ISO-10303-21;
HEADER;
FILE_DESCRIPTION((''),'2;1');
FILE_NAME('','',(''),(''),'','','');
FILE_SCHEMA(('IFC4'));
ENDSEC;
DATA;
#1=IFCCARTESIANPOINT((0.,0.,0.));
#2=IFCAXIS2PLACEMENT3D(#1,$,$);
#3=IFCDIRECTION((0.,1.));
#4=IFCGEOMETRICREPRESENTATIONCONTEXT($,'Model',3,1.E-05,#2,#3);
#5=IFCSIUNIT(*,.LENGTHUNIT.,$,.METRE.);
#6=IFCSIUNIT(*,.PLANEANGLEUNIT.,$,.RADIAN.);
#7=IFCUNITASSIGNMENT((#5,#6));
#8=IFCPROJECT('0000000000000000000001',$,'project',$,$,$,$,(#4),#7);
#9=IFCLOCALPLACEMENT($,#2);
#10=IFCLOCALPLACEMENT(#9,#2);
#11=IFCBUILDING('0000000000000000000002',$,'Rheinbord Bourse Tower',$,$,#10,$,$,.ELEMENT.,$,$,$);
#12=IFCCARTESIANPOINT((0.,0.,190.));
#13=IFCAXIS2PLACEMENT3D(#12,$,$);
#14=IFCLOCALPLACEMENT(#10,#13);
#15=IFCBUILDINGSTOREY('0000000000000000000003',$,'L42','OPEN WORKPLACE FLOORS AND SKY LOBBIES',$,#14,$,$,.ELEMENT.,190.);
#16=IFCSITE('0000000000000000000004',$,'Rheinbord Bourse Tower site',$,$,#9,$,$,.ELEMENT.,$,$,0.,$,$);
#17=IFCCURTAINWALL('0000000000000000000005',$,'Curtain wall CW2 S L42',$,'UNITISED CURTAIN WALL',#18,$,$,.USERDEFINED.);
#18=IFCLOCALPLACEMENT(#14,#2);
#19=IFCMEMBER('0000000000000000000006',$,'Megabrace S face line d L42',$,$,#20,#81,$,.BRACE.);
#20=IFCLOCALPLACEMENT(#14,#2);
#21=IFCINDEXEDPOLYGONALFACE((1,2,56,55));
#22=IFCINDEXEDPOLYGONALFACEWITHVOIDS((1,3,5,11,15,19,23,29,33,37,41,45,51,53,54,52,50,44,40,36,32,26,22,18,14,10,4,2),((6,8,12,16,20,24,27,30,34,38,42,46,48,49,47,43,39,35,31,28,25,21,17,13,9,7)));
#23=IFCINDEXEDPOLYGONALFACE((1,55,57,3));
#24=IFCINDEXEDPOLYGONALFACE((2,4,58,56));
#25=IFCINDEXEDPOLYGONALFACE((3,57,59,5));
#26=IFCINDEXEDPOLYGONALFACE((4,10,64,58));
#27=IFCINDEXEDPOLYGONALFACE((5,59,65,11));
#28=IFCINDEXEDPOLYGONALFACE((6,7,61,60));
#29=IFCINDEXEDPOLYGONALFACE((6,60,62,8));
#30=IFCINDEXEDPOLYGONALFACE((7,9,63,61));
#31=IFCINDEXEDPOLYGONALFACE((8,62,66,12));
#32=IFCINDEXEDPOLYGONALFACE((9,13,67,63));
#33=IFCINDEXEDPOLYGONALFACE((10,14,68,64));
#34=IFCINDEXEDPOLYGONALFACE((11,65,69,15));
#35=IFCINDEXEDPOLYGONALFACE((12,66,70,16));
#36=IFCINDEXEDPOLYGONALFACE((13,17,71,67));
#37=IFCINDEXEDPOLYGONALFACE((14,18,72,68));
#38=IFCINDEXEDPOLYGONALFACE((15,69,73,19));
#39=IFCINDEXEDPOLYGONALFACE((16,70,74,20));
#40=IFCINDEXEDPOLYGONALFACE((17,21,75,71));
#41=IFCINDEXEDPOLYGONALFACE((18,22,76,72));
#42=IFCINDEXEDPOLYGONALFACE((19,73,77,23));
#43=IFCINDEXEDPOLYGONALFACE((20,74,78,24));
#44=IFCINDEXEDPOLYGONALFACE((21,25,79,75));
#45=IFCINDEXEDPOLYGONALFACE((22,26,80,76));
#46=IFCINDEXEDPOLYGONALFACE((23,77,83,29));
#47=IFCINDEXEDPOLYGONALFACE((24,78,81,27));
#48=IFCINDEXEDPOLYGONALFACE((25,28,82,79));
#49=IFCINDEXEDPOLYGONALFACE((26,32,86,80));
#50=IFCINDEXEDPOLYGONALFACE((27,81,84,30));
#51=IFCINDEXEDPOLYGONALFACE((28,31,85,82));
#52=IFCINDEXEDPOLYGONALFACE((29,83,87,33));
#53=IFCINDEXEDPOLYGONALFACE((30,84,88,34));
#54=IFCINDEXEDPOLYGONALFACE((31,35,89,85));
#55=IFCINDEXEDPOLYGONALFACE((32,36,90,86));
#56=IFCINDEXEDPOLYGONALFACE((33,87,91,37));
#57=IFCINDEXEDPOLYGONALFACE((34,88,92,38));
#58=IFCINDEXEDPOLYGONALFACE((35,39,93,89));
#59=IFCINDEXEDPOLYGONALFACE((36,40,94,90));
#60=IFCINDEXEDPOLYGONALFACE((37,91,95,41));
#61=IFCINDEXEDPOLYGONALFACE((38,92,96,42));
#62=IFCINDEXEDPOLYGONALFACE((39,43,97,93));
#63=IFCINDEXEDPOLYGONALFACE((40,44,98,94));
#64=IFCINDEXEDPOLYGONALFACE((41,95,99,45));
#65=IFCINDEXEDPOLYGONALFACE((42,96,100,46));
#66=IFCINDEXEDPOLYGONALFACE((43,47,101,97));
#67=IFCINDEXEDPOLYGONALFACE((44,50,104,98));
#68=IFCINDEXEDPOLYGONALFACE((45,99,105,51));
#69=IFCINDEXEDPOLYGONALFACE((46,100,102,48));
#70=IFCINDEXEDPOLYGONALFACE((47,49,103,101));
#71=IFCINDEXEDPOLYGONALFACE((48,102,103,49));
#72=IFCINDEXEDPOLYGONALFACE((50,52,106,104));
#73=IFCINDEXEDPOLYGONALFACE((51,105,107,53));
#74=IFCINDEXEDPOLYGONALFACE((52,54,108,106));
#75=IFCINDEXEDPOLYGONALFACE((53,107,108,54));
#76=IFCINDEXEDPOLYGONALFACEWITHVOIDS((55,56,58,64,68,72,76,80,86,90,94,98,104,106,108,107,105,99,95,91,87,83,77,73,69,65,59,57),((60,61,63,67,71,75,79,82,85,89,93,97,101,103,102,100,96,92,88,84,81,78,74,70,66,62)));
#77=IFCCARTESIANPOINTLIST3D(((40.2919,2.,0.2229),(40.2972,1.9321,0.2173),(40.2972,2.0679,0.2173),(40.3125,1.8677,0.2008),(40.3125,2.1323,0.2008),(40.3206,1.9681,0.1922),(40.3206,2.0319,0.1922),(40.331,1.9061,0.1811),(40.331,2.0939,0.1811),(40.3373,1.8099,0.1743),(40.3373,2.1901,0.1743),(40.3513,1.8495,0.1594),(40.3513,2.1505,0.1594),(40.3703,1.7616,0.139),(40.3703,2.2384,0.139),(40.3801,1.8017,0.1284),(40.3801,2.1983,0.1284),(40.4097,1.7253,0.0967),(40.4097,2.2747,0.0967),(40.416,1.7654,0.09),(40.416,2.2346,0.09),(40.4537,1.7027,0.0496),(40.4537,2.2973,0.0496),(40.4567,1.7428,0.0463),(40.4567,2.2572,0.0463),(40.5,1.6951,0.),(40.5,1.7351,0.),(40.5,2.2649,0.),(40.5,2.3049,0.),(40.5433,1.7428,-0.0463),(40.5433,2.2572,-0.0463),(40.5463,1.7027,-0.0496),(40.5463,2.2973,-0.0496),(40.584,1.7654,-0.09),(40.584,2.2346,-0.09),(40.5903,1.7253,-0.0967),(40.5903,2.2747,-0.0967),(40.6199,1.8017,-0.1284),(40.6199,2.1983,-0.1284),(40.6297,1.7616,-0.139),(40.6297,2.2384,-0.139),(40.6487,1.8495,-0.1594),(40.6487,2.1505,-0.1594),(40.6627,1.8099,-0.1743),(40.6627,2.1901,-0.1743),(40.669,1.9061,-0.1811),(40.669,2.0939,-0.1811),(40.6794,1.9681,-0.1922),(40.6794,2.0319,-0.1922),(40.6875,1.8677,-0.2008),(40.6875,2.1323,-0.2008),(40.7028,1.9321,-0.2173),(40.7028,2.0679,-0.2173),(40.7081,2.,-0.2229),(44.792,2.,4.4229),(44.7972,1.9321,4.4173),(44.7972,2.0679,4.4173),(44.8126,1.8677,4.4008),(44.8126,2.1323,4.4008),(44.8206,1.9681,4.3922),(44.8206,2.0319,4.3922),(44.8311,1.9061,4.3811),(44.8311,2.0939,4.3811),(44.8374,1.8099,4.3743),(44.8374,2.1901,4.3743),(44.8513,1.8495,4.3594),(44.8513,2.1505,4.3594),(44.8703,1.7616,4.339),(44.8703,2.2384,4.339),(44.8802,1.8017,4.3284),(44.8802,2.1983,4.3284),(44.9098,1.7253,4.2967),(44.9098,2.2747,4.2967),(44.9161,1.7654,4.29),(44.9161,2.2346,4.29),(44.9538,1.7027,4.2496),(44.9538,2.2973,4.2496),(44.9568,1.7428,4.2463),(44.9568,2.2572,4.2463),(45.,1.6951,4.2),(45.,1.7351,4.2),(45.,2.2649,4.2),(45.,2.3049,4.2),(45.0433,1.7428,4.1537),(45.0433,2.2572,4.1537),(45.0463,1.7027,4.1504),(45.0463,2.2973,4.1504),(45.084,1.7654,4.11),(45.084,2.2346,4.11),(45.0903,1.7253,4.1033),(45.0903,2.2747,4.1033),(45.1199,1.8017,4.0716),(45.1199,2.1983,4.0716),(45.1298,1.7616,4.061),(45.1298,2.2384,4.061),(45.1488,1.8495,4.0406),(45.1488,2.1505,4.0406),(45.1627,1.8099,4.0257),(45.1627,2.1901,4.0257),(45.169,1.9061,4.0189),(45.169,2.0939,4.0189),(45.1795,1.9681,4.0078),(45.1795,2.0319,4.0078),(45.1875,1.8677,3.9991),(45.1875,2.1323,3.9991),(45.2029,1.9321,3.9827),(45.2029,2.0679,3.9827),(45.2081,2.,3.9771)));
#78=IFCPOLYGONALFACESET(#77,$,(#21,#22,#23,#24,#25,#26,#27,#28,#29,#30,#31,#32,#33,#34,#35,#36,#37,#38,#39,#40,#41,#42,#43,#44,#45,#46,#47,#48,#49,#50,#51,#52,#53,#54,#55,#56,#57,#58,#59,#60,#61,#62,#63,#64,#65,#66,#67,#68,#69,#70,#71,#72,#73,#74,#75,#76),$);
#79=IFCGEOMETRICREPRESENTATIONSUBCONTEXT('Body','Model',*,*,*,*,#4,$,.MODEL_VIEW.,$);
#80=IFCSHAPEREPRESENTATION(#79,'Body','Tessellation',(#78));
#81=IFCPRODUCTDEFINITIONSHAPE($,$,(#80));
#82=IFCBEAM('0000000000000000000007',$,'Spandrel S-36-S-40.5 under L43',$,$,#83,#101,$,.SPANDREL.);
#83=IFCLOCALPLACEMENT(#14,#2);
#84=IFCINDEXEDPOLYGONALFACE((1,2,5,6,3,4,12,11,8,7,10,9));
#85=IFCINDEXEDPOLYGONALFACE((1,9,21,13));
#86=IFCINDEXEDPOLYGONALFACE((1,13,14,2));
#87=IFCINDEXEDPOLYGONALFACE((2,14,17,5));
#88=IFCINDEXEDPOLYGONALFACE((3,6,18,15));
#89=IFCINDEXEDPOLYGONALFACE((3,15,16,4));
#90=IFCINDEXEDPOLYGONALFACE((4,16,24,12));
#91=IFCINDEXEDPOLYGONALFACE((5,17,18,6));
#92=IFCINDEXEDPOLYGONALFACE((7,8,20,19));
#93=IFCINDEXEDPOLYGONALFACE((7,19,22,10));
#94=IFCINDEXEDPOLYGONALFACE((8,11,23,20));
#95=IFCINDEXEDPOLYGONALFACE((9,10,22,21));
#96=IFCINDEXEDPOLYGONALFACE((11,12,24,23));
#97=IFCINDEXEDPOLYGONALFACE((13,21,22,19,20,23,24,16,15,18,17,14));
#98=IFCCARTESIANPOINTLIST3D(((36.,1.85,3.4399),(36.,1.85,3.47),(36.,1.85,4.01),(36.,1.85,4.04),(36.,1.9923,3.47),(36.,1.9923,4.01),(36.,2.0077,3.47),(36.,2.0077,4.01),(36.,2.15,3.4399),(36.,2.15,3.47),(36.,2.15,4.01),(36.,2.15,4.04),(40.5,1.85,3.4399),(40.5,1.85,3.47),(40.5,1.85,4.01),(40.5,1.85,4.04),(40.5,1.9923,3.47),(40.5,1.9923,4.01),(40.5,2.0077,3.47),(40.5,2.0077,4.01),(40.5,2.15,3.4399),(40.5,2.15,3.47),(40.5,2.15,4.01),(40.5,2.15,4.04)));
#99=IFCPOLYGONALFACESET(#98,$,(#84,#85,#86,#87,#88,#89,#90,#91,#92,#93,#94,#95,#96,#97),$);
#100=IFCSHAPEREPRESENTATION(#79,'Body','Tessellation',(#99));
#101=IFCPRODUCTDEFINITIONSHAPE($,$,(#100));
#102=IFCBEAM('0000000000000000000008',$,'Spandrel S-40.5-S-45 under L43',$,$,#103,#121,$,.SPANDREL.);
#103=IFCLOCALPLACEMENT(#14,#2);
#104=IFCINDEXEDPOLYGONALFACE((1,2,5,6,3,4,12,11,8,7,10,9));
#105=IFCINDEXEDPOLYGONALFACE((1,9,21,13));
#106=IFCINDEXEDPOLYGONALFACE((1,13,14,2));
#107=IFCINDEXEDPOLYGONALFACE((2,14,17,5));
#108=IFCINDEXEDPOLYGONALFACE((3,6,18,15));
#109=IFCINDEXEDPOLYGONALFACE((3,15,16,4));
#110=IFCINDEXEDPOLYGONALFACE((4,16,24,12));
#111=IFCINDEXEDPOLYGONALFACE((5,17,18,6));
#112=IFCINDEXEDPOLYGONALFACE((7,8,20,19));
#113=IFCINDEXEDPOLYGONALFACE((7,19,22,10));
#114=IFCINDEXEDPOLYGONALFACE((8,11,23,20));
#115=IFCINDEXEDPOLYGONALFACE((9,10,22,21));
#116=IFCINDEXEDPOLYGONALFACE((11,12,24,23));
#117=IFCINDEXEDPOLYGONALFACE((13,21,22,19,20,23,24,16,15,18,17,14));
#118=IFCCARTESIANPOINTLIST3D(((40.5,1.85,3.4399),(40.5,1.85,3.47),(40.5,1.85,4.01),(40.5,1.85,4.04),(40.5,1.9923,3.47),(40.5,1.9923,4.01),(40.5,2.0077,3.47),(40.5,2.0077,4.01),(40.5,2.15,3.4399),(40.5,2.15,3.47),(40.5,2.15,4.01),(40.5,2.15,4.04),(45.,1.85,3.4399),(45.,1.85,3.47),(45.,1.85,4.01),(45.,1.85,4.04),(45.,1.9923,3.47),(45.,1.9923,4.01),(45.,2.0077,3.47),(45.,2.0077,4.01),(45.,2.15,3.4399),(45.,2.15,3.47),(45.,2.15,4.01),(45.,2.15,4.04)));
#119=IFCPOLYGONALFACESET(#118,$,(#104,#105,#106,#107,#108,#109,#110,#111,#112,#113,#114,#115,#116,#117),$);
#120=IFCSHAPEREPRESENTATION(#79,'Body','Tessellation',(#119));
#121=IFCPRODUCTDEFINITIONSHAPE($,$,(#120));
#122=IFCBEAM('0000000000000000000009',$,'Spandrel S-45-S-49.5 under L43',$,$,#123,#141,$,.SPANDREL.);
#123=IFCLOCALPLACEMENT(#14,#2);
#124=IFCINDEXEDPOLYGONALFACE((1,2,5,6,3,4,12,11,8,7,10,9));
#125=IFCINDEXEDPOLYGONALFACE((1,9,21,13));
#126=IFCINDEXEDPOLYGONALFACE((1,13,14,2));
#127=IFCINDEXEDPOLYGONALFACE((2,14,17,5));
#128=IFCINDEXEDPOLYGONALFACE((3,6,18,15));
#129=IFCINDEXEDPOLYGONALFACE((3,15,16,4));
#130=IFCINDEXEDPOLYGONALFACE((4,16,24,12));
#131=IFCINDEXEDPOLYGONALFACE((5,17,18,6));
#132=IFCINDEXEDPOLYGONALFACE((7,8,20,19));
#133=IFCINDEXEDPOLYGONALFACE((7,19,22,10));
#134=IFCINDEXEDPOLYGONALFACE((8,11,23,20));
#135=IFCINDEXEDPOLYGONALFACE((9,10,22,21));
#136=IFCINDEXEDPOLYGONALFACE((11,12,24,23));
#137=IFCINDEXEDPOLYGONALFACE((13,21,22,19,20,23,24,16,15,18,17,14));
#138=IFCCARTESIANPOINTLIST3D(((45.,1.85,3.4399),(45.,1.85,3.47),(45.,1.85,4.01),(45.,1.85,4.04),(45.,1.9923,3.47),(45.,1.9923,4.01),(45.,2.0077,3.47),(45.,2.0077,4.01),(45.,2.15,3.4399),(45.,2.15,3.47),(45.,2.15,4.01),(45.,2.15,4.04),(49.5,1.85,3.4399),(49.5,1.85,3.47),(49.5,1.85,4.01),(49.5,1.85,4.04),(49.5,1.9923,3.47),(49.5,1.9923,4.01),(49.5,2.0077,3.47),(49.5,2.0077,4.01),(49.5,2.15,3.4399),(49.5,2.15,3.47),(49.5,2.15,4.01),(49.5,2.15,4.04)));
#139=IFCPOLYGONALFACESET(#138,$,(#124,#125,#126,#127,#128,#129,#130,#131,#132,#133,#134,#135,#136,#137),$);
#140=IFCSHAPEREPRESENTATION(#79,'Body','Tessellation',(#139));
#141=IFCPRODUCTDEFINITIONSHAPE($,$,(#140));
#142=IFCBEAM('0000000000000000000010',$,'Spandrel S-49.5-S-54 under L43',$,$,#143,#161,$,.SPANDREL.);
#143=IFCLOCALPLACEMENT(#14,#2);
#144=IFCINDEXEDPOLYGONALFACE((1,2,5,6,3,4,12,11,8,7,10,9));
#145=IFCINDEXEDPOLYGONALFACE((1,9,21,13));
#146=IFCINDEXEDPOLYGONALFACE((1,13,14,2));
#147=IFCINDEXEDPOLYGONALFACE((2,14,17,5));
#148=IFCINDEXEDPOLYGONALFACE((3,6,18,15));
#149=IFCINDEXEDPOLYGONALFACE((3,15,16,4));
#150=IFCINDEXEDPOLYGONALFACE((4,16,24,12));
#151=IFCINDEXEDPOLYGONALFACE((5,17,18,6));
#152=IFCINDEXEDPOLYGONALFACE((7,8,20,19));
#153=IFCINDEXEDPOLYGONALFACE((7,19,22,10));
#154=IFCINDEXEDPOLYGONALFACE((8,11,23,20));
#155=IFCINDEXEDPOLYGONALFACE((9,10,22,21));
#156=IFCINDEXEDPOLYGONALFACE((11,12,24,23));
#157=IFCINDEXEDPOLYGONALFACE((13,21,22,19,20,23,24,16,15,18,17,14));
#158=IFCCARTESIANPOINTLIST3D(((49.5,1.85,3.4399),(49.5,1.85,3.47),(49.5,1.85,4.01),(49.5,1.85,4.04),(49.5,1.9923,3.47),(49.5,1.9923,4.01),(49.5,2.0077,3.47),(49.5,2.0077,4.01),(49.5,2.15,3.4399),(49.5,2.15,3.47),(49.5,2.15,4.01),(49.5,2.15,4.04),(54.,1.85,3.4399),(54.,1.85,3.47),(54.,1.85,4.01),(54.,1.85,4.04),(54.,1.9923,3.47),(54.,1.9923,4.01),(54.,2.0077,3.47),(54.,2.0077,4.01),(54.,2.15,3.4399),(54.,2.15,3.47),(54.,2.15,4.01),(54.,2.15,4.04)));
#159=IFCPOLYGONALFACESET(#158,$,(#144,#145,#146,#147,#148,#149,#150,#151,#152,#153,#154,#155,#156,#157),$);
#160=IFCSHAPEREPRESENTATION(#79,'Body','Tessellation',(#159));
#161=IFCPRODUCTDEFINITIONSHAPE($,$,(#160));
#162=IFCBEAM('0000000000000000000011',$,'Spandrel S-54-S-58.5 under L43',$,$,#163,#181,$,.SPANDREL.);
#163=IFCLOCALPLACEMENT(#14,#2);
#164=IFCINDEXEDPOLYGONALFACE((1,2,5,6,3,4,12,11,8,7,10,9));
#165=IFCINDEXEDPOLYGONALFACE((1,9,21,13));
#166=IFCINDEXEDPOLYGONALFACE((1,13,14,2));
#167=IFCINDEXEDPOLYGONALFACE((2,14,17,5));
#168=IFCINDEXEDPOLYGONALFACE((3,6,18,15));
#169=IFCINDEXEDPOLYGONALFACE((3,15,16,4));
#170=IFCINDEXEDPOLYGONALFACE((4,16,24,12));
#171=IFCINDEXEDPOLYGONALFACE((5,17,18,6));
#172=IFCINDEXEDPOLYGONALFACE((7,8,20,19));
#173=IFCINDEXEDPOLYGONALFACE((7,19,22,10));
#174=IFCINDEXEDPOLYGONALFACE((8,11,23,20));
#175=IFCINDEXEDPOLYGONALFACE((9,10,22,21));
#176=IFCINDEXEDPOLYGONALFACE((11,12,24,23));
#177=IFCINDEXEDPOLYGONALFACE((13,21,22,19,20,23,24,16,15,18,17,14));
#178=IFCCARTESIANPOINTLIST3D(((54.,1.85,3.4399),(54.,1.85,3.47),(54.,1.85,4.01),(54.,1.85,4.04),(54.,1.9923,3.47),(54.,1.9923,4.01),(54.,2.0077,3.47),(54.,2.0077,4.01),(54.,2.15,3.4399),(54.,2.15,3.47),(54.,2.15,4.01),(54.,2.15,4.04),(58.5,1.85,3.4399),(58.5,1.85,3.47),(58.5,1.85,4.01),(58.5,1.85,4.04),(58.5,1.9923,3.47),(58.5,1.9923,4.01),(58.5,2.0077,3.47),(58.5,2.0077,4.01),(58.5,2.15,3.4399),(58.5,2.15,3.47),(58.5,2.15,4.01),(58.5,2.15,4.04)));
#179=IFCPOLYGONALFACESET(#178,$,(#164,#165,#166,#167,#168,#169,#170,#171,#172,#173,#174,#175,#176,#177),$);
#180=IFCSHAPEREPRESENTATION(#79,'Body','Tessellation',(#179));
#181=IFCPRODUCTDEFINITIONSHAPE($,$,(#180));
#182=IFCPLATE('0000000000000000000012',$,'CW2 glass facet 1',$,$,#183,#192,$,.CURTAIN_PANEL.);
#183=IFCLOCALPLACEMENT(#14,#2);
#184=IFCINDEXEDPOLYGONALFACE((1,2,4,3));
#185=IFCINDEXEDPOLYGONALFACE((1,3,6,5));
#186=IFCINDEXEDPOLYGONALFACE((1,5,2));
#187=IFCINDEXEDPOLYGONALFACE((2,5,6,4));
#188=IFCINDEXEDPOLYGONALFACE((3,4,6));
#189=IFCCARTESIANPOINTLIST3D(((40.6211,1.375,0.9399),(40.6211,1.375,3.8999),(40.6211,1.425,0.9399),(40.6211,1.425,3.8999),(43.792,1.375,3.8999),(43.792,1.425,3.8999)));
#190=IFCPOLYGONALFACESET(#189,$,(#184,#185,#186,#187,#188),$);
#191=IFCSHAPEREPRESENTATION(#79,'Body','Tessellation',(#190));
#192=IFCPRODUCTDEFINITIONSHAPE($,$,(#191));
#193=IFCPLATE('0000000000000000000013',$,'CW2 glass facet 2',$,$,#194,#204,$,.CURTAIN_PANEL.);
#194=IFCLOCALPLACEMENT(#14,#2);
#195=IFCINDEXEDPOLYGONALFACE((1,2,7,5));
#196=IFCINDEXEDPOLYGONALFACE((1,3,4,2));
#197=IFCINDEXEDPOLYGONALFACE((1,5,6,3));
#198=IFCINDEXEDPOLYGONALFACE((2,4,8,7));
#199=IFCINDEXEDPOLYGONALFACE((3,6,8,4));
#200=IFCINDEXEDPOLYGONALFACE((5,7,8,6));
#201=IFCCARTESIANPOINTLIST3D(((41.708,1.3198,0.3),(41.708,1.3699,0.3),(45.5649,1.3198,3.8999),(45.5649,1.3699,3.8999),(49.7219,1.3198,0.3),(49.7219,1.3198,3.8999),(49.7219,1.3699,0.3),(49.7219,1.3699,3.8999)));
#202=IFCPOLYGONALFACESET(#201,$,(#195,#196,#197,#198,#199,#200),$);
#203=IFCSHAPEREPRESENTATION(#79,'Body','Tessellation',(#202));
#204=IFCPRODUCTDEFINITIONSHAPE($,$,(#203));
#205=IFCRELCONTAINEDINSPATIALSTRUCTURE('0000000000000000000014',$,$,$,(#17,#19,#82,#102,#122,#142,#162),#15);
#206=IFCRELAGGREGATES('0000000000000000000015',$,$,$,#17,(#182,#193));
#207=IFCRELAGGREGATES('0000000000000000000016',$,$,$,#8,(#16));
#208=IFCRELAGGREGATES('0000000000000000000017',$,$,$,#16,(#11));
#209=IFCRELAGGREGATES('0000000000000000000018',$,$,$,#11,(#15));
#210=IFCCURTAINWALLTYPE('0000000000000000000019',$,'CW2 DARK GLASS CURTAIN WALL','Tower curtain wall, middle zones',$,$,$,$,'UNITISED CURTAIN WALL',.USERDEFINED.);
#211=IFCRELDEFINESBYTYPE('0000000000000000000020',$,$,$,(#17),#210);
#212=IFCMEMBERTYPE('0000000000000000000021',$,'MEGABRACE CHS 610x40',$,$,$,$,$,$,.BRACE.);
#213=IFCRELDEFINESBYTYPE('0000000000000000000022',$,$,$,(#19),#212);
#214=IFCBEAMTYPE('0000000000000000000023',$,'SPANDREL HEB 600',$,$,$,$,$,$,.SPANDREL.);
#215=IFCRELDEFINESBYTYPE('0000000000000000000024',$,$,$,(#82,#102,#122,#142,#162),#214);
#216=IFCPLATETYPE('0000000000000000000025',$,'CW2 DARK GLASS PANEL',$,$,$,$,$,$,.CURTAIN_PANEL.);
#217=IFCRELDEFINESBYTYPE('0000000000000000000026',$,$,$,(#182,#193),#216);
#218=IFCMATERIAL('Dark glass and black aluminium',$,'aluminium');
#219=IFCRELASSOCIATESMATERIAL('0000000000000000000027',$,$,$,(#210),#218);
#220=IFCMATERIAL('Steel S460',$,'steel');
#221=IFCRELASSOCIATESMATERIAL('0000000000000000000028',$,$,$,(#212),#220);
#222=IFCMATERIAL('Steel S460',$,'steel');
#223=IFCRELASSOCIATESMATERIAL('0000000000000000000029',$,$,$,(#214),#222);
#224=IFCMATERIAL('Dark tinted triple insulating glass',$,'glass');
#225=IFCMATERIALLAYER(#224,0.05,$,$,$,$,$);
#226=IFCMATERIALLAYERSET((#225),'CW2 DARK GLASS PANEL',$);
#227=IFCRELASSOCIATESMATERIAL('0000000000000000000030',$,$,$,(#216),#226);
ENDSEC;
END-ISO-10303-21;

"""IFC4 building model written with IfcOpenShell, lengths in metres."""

from ifc_helpers import new_model, si_unit, direction, frame, origin, origin_2d, place, context, subcontext, project, spatial, polyline, hollow_circle, i_section, outline, extrude, material, layer, layer_set, material_profile, profile_set, type_object, element, aggregate, save


model = new_model("IFC4")

# Units and contexts
model_context = context("Model", 3, precision=1e-05, world=origin(), true_north=direction((0.0, 1.0)))
body_context = subcontext(model_context, "Body", "Model", "MODEL_VIEW")
ifc_project = project(units=[si_unit("LENGTHUNIT", "METRE"), si_unit("PLANEANGLEUNIT", "RADIAN")], contexts=[model_context])

# Site, building, storey
site_placement = place(None, origin())
site = spatial("IfcSite", under=ifc_project, at=site_placement, Name="Rheinbord Bourse Tower site", CompositionType="ELEMENT", RefElevation=0.0)
building_placement = place(site_placement, origin())
building = spatial("IfcBuilding", under=site, at=building_placement, Name="Rheinbord Bourse Tower", CompositionType="ELEMENT")
storey_placement = place(building_placement, frame((0.0, 0.0, 190.0)))
storey = spatial("IfcBuildingStorey", under=building, at=storey_placement, Name="L42", Description="OPEN WORKPLACE FLOORS AND SKY LOBBIES", CompositionType="ELEMENT", Elevation=190.0)

# Curtain wall
ifc_material_1 = material(Name="Dark glass and black aluminium", Category="aluminium")
curtain_wall_type = type_object("IfcCurtainWallType", Name="CW2 DARK GLASS CURTAIN WALL", Description="Tower curtain wall, middle zones", ElementType="UNITISED CURTAIN WALL", PredefinedType="USERDEFINED", material=ifc_material_1)
curtain_wall_placement = place(storey_placement, origin())
curtain_wall = element("IfcCurtainWall", 1, at=curtain_wall_placement, inside=storey, type_object=curtain_wall_type, Name="Curtain wall CW2 S L42", ObjectType="UNITISED CURTAIN WALL", PredefinedType="USERDEFINED")

# Member
ifc_material_2 = material(Name="Steel S460", Category="steel")
ifc_material_profile_1 = material_profile(ifc_material_2, hollow_circle(Radius=0.3049, WallThickness=0.04, at=origin_2d()), Name="CHS 610x40")
ifc_profile_set_1 = profile_set([ifc_material_profile_1], Name="Steel S460")
member_type_1 = type_object("IfcMemberType", Name="MEGABRACE CHS 610x40", PredefinedType="BRACE", material=ifc_profile_set_1)
member_1_placement = place(storey_placement, frame((40.5, 2.0, 0.0), z_axis=(0.731059, 0.0, 0.682314), x_axis=(0.0, 1.0, 0.0)))
element("IfcMember", 2, at=member_1_placement, inside=storey, type_object=member_type_1, Name="Megabrace S face line d L42", PredefinedType="BRACE", context=body_context, shape_type="SweptSolid", body=[
    extrude(hollow_circle(Radius=0.3049, WallThickness=0.04, at=origin_2d()), origin(), (0.0, 0.0, 1.0), 6.1555),
])

# Beams
ifc_material_3 = material(Name="Steel S460", Category="steel")
ifc_material_profile_2 = material_profile(ifc_material_3, i_section(OverallWidth=0.3, OverallDepth=0.6001, WebThickness=0.0154, FlangeThickness=0.03, at=origin_2d()), Name="HEB 600")
ifc_profile_set_2 = profile_set([ifc_material_profile_2], Name="Steel S460")
beam_type_1 = type_object("IfcBeamType", Name="SPANDREL HEB 600", PredefinedType="SPANDREL", material=ifc_profile_set_2)
for number, where, z_axis, x_axis, name in (
    (3, (36.0, 2.0, 3.74), (1.0, 0.0, 0.0), (0.0, 1.0, 0.0), "Spandrel S-36-S-40.5 under L43"),
    (4, (40.5, 2.0, 3.74), (1.0, 0.0, 0.0), (0.0, 1.0, 0.0), "Spandrel S-40.5-S-45 under L43"),
    (5, (45.0, 2.0, 3.74), (1.0, 0.0, 0.0), (0.0, 1.0, 0.0), "Spandrel S-45-S-49.5 under L43"),
    (6, (49.5, 2.0, 3.74), (1.0, 0.0, 0.0), (0.0, 1.0, 0.0), "Spandrel S-49.5-S-54 under L43"),
    (7, (54.0, 2.0, 3.74), (1.0, 0.0, 0.0), (0.0, 1.0, 0.0), "Spandrel S-54-S-58.5 under L43"),
):
    element("IfcBeam", number, at=place(storey_placement, frame(where, z_axis=z_axis, x_axis=x_axis)), inside=storey, type_object=beam_type_1, Name=name, PredefinedType="SPANDREL", context=body_context, shape_type="SweptSolid", body=[
        extrude(i_section(OverallWidth=0.3, OverallDepth=0.6001, WebThickness=0.0154, FlangeThickness=0.03, at=origin_2d()), origin(), (0.0, 0.0, 1.0), 4.5),
    ])

# Plates
ifc_material_4 = material(Name="Dark tinted triple insulating glass", Category="glass")
ifc_layer_1 = layer(ifc_material_4, 0.05)
ifc_layer_set_1 = layer_set([ifc_layer_1], Name="CW2 DARK GLASS PANEL")
plate_type = type_object("IfcPlateType", Name="CW2 DARK GLASS PANEL", PredefinedType="CURTAIN_PANEL", material=ifc_layer_set_1)
plate_1_placement = place(storey_placement, frame((40.6211, 1.375, 3.8999), z_axis=(0.0, 1.0, 0.0), x_axis=(1.0, 0.0, 0.0)))
plate_1 = element("IfcPlate", 8, at=plate_1_placement, type_object=plate_type, Name="CW2 glass facet 1", PredefinedType="CURTAIN_PANEL", context=body_context, shape_type="SweptSolid", body=[
    extrude(outline(polyline([(0.0, 0.0), (3.1709, 0.0), (0.0, 2.96), (0.0, 0.0)])), origin(), (0.0, 0.0, 1.0), 0.05),
])
plate_2_placement = place(storey_placement, frame((49.7219, 1.3198, 3.8999), z_axis=(0.0, 1.0, 0.0), x_axis=(0.0, 0.0, -1.0)))
plate_2 = element("IfcPlate", 9, at=plate_2_placement, type_object=plate_type, Name="CW2 glass facet 2", PredefinedType="CURTAIN_PANEL", context=body_context, shape_type="SweptSolid", body=[
    extrude(outline(polyline([(0.0, 0.0), (3.5999, 0.0), (3.5999, 8.0139), (0.0, 4.157), (0.0, 0.0)])), origin(), (0.0, 0.0, 1.0), 0.05),
])
aggregate(curtain_wall, [plate_1, plate_2])

save(model, "model.ifc")
